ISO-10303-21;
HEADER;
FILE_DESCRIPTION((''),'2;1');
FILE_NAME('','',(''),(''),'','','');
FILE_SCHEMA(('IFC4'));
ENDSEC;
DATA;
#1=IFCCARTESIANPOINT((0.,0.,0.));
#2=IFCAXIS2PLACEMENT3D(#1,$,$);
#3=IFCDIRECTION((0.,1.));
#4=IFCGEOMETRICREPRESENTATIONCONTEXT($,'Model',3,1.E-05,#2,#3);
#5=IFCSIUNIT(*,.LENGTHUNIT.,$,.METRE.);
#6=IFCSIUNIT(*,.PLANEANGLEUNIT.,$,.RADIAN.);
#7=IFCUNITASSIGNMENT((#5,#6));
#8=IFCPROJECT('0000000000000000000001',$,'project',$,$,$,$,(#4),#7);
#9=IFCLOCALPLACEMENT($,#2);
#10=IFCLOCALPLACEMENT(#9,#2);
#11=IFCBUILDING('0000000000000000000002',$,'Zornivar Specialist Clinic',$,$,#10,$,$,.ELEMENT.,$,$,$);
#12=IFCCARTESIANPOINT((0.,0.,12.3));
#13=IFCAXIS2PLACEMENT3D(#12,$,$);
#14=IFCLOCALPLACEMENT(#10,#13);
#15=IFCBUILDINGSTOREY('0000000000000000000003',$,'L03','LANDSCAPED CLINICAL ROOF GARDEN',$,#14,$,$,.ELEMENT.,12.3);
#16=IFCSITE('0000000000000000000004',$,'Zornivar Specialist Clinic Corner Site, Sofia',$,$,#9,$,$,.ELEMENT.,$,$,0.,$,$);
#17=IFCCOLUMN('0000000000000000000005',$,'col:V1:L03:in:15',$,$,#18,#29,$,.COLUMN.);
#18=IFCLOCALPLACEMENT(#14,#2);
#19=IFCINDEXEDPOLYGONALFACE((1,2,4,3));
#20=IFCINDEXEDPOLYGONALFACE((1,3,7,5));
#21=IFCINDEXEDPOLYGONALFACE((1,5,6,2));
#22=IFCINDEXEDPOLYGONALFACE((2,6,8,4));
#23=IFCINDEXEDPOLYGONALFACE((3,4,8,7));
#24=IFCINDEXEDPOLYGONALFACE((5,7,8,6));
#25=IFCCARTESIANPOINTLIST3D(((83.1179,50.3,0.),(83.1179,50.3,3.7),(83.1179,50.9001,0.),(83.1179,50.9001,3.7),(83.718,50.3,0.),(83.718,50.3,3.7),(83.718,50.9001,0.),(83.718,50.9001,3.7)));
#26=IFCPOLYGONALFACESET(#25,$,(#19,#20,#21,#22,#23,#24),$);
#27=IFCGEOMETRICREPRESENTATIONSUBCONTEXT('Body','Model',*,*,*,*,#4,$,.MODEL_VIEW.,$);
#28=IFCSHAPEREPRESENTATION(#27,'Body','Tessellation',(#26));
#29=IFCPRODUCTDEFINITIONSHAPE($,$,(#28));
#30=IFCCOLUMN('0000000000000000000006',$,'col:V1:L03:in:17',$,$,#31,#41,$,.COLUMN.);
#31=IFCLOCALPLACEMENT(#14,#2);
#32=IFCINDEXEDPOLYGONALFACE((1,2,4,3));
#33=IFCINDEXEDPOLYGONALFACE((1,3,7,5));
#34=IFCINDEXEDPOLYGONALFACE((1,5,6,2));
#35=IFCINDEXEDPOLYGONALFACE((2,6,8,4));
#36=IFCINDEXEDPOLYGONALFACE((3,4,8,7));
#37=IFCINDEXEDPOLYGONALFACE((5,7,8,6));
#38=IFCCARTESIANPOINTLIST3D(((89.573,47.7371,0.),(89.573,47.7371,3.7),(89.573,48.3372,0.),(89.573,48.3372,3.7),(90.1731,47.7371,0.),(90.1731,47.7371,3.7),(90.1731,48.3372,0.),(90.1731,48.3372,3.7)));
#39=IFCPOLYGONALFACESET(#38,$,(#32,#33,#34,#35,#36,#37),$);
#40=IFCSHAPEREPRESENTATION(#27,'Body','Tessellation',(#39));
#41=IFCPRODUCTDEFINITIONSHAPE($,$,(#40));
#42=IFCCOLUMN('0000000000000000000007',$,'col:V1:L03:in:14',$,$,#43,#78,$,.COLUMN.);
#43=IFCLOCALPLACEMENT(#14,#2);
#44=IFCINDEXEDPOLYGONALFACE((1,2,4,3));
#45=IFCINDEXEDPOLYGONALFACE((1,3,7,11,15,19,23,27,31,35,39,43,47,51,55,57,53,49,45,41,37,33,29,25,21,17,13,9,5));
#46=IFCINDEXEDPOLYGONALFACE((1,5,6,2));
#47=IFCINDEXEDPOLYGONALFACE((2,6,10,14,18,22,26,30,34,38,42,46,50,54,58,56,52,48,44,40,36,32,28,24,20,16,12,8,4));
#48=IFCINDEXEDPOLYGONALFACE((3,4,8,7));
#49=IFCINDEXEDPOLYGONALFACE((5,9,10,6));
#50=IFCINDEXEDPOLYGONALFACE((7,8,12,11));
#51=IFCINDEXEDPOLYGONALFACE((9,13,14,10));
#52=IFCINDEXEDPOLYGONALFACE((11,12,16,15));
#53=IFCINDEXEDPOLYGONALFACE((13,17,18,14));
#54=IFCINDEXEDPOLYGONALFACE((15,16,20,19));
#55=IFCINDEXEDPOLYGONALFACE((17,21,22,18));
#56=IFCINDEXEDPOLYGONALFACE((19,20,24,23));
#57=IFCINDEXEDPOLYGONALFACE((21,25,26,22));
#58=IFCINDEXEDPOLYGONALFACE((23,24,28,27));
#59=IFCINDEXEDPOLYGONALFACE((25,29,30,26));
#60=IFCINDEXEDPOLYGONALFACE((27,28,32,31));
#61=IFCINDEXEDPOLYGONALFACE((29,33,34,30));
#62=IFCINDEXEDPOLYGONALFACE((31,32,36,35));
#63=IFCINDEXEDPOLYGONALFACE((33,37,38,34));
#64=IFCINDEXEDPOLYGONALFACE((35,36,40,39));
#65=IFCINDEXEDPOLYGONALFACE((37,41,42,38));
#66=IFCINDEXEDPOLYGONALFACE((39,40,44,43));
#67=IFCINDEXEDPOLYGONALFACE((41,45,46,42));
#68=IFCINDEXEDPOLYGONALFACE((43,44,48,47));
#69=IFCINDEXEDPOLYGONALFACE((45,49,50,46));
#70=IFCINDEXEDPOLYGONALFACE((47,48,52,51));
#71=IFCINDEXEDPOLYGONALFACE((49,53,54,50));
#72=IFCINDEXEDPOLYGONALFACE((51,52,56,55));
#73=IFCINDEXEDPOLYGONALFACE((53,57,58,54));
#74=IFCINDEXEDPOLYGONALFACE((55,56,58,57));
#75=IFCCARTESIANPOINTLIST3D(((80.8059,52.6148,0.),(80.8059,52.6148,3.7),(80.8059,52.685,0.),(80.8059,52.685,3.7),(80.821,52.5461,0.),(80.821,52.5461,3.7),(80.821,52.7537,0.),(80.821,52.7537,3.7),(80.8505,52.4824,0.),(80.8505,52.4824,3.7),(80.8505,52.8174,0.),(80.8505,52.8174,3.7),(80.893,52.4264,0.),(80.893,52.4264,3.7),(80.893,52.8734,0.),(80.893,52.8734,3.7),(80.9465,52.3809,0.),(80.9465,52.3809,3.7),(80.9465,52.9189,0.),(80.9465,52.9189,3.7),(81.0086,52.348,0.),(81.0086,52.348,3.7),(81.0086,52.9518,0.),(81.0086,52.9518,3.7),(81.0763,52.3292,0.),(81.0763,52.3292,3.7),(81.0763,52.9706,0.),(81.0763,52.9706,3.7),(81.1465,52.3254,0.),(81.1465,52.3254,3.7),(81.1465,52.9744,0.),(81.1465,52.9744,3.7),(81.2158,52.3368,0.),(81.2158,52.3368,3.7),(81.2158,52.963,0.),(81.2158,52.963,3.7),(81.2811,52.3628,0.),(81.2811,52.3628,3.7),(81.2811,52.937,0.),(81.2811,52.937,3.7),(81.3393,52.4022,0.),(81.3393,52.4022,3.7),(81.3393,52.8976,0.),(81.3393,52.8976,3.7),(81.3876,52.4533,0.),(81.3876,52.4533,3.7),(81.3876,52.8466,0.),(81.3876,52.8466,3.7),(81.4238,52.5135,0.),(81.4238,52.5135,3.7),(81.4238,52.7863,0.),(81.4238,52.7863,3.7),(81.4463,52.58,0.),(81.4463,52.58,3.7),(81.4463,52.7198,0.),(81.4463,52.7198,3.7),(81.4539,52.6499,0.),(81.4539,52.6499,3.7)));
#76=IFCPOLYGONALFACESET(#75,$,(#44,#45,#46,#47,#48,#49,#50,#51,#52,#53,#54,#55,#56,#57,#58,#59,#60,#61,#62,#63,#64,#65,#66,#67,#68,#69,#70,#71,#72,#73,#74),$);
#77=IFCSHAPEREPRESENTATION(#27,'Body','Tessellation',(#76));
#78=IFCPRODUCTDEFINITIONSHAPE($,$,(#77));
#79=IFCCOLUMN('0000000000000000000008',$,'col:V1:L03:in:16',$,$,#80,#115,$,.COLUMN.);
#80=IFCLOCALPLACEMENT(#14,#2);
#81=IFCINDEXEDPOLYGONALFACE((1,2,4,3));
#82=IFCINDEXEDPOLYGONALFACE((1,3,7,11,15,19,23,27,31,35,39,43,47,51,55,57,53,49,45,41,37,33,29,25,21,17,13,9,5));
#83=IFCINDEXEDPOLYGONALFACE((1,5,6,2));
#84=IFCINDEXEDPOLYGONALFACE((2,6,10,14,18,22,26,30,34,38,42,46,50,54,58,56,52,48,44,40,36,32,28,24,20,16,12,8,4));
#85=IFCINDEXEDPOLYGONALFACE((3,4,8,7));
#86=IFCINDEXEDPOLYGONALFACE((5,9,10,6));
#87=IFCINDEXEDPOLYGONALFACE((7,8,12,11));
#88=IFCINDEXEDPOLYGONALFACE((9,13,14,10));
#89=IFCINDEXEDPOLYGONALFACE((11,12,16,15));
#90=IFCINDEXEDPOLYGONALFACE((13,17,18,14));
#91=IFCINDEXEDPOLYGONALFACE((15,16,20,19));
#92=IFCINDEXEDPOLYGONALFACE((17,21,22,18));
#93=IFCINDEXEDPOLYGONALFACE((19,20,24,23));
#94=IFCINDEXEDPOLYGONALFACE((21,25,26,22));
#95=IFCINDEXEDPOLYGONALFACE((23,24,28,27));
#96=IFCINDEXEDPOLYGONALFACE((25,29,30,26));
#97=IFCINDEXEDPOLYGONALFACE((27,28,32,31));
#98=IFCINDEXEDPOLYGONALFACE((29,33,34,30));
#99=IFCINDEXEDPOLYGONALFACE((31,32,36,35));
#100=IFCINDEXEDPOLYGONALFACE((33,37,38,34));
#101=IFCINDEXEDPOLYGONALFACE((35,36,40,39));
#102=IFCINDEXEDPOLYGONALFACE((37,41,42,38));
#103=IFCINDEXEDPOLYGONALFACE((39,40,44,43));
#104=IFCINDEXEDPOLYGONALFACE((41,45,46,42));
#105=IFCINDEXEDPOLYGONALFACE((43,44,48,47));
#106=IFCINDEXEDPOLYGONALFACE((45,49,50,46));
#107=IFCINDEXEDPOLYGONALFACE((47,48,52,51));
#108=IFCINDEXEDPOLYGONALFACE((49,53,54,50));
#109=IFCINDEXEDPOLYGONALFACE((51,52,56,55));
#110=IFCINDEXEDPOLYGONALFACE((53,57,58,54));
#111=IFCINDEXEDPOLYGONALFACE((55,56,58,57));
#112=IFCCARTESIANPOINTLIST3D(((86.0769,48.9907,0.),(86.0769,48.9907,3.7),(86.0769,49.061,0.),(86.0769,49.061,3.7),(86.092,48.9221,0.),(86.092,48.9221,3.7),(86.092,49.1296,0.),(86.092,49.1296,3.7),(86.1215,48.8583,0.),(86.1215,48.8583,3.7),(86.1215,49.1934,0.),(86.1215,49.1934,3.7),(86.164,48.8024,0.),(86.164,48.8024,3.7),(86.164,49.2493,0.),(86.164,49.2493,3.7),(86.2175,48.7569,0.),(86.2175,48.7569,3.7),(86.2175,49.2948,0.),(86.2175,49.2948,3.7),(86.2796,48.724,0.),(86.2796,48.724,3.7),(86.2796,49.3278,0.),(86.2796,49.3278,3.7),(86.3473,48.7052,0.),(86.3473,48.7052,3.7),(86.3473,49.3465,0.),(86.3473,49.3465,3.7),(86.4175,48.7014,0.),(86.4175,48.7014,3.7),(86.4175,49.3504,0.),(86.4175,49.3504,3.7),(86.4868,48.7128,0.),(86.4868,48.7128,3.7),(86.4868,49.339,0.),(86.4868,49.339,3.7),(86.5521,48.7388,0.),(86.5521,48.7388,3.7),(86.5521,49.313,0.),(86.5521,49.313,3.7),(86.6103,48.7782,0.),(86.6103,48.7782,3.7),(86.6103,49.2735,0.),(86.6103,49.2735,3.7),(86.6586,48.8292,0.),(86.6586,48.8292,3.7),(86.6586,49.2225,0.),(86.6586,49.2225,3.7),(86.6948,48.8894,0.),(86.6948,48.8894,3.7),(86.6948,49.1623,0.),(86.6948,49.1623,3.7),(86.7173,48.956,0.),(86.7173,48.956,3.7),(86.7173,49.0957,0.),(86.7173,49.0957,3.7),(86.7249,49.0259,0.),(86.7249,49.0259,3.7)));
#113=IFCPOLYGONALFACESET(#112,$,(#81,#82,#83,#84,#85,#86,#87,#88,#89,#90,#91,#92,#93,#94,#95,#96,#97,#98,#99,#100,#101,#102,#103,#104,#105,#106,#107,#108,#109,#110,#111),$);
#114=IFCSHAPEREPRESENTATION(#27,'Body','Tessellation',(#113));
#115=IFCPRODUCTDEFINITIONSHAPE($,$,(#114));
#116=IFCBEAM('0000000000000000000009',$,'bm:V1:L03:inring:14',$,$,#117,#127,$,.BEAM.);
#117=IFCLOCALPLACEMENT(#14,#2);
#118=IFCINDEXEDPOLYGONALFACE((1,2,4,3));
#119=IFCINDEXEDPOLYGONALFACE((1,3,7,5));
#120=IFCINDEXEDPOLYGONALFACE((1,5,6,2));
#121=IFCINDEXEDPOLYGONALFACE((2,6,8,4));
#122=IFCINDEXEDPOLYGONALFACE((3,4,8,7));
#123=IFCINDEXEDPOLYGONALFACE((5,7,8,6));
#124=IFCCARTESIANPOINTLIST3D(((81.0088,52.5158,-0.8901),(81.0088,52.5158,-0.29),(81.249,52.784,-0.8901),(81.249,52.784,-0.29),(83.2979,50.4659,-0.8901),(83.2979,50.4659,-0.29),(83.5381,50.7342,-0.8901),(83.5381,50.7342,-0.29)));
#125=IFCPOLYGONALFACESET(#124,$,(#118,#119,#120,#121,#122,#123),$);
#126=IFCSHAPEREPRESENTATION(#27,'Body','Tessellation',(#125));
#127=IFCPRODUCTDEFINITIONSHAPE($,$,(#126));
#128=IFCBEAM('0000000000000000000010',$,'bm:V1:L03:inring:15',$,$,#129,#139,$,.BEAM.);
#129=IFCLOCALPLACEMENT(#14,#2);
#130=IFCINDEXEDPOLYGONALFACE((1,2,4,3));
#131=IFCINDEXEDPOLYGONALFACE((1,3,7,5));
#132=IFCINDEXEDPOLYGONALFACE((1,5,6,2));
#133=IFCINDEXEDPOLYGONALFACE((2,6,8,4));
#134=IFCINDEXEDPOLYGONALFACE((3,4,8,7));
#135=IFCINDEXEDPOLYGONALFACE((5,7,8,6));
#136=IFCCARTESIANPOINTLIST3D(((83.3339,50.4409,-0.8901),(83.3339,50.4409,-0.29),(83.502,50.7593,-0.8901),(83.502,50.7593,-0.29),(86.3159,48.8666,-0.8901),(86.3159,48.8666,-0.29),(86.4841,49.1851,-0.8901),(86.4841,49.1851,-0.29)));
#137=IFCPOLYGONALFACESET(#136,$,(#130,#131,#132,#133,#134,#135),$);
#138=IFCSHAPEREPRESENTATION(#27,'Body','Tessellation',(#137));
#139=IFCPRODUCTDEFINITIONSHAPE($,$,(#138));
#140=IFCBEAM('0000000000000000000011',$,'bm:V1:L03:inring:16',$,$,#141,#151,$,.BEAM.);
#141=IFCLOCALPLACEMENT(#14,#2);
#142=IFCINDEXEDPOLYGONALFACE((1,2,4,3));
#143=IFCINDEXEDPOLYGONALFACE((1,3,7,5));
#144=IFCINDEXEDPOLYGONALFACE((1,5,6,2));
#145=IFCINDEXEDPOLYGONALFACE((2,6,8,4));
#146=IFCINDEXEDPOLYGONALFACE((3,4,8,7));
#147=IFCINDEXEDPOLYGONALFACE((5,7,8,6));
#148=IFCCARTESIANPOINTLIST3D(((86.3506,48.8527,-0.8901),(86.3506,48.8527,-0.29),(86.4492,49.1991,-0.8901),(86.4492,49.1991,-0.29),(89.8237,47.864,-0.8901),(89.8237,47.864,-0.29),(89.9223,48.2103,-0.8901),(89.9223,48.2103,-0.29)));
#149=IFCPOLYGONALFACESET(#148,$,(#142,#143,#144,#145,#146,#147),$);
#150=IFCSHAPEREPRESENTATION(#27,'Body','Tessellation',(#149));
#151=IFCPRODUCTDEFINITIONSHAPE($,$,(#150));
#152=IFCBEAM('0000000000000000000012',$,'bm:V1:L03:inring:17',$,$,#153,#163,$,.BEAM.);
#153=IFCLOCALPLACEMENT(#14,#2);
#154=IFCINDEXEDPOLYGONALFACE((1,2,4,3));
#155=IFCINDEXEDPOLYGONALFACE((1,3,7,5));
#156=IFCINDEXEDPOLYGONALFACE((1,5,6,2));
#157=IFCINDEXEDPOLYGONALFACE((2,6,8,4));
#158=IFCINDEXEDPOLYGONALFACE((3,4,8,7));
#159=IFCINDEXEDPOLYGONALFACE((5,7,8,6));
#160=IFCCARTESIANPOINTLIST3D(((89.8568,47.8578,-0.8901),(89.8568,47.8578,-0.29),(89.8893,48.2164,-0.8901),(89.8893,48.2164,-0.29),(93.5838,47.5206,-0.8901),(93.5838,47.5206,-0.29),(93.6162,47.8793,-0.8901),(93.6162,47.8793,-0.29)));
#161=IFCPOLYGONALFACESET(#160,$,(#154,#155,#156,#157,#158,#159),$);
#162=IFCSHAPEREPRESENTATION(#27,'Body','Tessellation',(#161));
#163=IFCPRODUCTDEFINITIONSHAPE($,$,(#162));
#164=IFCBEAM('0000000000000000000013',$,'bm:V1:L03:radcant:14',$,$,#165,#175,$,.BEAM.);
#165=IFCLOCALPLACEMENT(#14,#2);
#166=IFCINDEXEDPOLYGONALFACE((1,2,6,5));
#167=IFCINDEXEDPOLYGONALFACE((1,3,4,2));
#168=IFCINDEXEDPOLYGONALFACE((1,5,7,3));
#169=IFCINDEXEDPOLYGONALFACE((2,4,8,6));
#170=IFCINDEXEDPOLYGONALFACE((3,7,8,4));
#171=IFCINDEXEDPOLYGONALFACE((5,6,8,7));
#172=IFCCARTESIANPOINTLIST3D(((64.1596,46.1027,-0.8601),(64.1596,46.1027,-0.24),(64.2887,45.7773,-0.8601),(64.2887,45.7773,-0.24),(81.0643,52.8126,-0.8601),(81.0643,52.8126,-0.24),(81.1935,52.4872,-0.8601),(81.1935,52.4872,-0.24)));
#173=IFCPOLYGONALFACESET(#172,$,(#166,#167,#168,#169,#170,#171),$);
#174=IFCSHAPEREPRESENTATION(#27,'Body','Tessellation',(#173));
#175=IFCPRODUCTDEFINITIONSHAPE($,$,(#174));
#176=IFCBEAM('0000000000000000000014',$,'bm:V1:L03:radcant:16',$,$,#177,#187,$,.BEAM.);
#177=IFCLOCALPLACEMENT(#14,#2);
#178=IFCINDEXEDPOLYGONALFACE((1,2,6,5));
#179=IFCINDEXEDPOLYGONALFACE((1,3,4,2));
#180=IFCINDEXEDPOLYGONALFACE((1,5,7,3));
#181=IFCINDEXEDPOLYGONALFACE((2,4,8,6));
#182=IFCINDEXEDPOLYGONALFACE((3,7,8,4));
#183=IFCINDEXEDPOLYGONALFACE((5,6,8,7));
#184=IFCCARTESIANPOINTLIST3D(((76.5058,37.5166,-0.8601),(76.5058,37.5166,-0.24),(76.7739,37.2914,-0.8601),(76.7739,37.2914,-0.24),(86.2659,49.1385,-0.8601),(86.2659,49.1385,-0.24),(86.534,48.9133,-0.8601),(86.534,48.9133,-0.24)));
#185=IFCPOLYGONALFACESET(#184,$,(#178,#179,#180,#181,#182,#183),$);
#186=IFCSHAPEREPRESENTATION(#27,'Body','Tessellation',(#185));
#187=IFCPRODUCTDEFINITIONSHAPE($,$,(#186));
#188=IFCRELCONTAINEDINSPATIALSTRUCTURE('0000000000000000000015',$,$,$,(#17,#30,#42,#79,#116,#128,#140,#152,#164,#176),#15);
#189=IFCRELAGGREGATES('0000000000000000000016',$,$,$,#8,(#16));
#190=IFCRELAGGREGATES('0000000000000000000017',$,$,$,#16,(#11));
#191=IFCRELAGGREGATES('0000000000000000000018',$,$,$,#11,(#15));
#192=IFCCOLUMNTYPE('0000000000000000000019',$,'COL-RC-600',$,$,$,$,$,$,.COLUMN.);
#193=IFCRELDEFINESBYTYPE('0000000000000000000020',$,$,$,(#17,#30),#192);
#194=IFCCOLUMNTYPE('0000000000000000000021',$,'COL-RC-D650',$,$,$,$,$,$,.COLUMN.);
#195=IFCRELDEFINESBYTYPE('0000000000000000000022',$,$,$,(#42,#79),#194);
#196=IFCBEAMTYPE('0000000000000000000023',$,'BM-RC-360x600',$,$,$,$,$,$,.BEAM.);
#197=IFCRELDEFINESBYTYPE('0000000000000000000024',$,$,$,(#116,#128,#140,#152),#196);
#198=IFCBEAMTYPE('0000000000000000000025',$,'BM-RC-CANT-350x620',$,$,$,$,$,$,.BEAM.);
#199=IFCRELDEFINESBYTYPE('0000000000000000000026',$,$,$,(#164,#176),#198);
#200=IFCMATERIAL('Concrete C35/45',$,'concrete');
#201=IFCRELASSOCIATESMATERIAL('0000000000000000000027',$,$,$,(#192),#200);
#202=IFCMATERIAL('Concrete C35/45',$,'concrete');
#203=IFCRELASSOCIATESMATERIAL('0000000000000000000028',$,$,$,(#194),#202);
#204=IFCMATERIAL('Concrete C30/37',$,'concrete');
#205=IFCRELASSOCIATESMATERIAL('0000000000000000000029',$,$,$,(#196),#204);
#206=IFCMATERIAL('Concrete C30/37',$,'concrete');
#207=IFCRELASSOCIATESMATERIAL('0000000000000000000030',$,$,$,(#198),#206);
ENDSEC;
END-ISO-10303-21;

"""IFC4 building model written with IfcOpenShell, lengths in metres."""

from ifc_helpers import new_model, si_unit, direction, frame, origin, origin_2d, place, context, subcontext, project, spatial, rectangle, circle, extrude, material, material_profile, profile_set, type_object, element, save


model = new_model("IFC4")

# Units and contexts
model_context = context("Model", 3, precision=1e-05, world=origin(), true_north=direction((0.0, 1.0)))
body_context = subcontext(model_context, "Body", "Model", "MODEL_VIEW")
ifc_project = project(units=[si_unit("LENGTHUNIT", "METRE"), si_unit("PLANEANGLEUNIT", "RADIAN")], contexts=[model_context])

# Site, building, storey
site_placement = place(None, origin())
site = spatial("IfcSite", under=ifc_project, at=site_placement, Name="Zornivar Specialist Clinic Corner Site, Sofia", CompositionType="ELEMENT", RefElevation=0.0)
building_placement = place(site_placement, origin())
building = spatial("IfcBuilding", under=site, at=building_placement, Name="Zornivar Specialist Clinic", CompositionType="ELEMENT")
storey_placement = place(building_placement, frame((0.0, 0.0, 12.3)))
storey = spatial("IfcBuildingStorey", under=building, at=storey_placement, Name="L03", Description="LANDSCAPED CLINICAL ROOF GARDEN", CompositionType="ELEMENT", Elevation=12.3)

# Columns
ifc_material_1 = material(Name="Concrete C35/45", Category="concrete")
ifc_material_profile_1 = material_profile(ifc_material_1, rectangle(XDim=0.6001, YDim=0.6001, at=origin_2d()), Name="RC 600x600")
ifc_profile_set_1 = profile_set([ifc_material_profile_1], Name="Concrete C35/45")
column_type_1 = type_object("IfcColumnType", Name="COL-RC-600", PredefinedType="COLUMN", material=ifc_profile_set_1)
for number, where, z_axis, x_axis, name in (
    (1, (83.418, 50.6001, 0.0), (0.0, 0.0, 1.0), (1.0, 0.0, 0.0), "col:V1:L03:in:15"),
    (2, (89.873, 48.0371, 0.0), (0.0, 0.0, 1.0), (1.0, 0.0, 0.0), "col:V1:L03:in:17"),
):
    element("IfcColumn", number, at=place(storey_placement, frame(where, z_axis=z_axis, x_axis=x_axis)), inside=storey, type_object=column_type_1, Name=name, PredefinedType="COLUMN", context=body_context, shape_type="SweptSolid", body=[
        extrude(rectangle(XDim=0.6001, YDim=0.6001, at=origin_2d()), origin(), (0.0, 0.0, 1.0), 3.7),
    ])
ifc_material_2 = material(Name="Concrete C35/45", Category="concrete")
ifc_material_profile_2 = material_profile(ifc_material_2, circle(Radius=0.325, at=origin_2d()), Name="RC D650")
ifc_profile_set_2 = profile_set([ifc_material_profile_2], Name="Concrete C35/45")
column_type_2 = type_object("IfcColumnType", Name="COL-RC-D650", PredefinedType="COLUMN", material=ifc_profile_set_2)
for number, where, z_axis, x_axis, name in (
    (3, (81.1289, 52.6499, 0.0), (0.0, 0.0, 1.0), (1.0, 0.0, 0.0), "col:V1:L03:in:14"),
    (4, (86.3999, 49.0259, 0.0), (0.0, 0.0, 1.0), (1.0, 0.0, 0.0), "col:V1:L03:in:16"),
):
    element("IfcColumn", number, at=place(storey_placement, frame(where, z_axis=z_axis, x_axis=x_axis)), inside=storey, type_object=column_type_2, Name=name, PredefinedType="COLUMN", context=body_context, shape_type="SweptSolid", body=[
        extrude(circle(Radius=0.325, at=origin_2d()), origin(), (0.0, 0.0, 1.0), 3.7),
    ])

# Beams
ifc_material_3 = material(Name="Concrete C30/37", Category="concrete")
ifc_material_profile_3 = material_profile(ifc_material_3, rectangle(XDim=0.3601, YDim=0.6001, at=origin_2d()), Name="RC 360x600")
ifc_profile_set_3 = profile_set([ifc_material_profile_3], Name="Concrete C30/37")
beam_type_1 = type_object("IfcBeamType", Name="BM-RC-360x600", PredefinedType="BEAM", material=ifc_profile_set_3)
beam_1_placement = place(storey_placement, frame((81.1289, 52.6499, -0.5901), z_axis=(0.744967, -0.667101, 0.0), x_axis=(0.667101, 0.744967, 0.0)))
element("IfcBeam", 5, at=beam_1_placement, inside=storey, type_object=beam_type_1, Name="bm:V1:L03:inring:14", PredefinedType="BEAM", context=body_context, shape_type="SweptSolid", body=[
    extrude(rectangle(XDim=0.3601, YDim=0.6001, at=origin_2d()), origin(), (0.0, 0.0, 1.0), 3.0728),
])
beam_2_placement = place(storey_placement, frame((83.418, 50.6001, -0.5901), z_axis=(0.884333, -0.466856, 0.0), x_axis=(0.466856, 0.884333, 0.0)))
element("IfcBeam", 6, at=beam_2_placement, inside=storey, type_object=beam_type_1, Name="bm:V1:L03:inring:15", PredefinedType="BEAM", context=body_context, shape_type="SweptSolid", body=[
    extrude(rectangle(XDim=0.3601, YDim=0.6001, at=origin_2d()), origin(), (0.0, 0.0, 1.0), 3.3721),
])
beam_3_placement = place(storey_placement, frame((86.3999, 49.0259, -0.5901), z_axis=(0.961784, -0.27381, 0.0), x_axis=(0.27381, 0.961784, 0.0)))
element("IfcBeam", 7, at=beam_3_placement, inside=storey, type_object=beam_type_1, Name="bm:V1:L03:inring:16", PredefinedType="BEAM", context=body_context, shape_type="SweptSolid", body=[
    extrude(rectangle(XDim=0.3601, YDim=0.6001, at=origin_2d()), origin(), (0.0, 0.0, 1.0), 3.6111),
])
beam_4_placement = place(storey_placement, frame((89.873, 48.0371, -0.5901), z_axis=(0.995933, -0.090095, 0.0), x_axis=(0.090095, 0.995933, 0.0)))
element("IfcBeam", 8, at=beam_4_placement, inside=storey, type_object=beam_type_1, Name="bm:V1:L03:inring:17", PredefinedType="BEAM", context=body_context, shape_type="SweptSolid", body=[
    extrude(rectangle(XDim=0.3601, YDim=0.6001, at=origin_2d()), origin(), (0.0, 0.0, 1.0), 3.7422),
])
ifc_material_4 = material(Name="Concrete C30/37", Category="concrete")
ifc_material_profile_4 = material_profile(ifc_material_4, rectangle(XDim=0.3501, YDim=0.6201, at=origin_2d()), Name="RC 350x620")
ifc_profile_set_4 = profile_set([ifc_material_profile_4], Name="Concrete C30/37")
beam_type_2 = type_object("IfcBeamType", Name="BM-RC-CANT-350x620", PredefinedType="BEAM", material=ifc_profile_set_4)
beam_5_placement = place(storey_placement, frame((81.1289, 52.6499, -0.55), z_axis=(-0.929458, -0.368927, 0.0), x_axis=(0.368927, -0.929458, 0.0)))
element("IfcBeam", 9, at=beam_5_placement, inside=storey, type_object=beam_type_2, Name="bm:V1:L03:radcant:14", PredefinedType="BEAM", context=body_context, shape_type="SweptSolid", body=[
    extrude(rectangle(XDim=0.3501, YDim=0.6201, at=origin_2d()), origin(), (0.0, 0.0, 1.0), 18.1877),
])
beam_6_placement = place(storey_placement, frame((86.3999, 49.0259, -0.55), z_axis=(-0.643102, -0.76578, 0.0), x_axis=(0.76578, -0.643102, 0.0)))
element("IfcBeam", 10, at=beam_6_placement, inside=storey, type_object=beam_type_2, Name="bm:V1:L03:radcant:16", PredefinedType="BEAM", context=body_context, shape_type="SweptSolid", body=[
    extrude(rectangle(XDim=0.3501, YDim=0.6201, at=origin_2d()), origin(), (0.0, 0.0, 1.0), 15.1765),
])

save(model, "model.ifc")
